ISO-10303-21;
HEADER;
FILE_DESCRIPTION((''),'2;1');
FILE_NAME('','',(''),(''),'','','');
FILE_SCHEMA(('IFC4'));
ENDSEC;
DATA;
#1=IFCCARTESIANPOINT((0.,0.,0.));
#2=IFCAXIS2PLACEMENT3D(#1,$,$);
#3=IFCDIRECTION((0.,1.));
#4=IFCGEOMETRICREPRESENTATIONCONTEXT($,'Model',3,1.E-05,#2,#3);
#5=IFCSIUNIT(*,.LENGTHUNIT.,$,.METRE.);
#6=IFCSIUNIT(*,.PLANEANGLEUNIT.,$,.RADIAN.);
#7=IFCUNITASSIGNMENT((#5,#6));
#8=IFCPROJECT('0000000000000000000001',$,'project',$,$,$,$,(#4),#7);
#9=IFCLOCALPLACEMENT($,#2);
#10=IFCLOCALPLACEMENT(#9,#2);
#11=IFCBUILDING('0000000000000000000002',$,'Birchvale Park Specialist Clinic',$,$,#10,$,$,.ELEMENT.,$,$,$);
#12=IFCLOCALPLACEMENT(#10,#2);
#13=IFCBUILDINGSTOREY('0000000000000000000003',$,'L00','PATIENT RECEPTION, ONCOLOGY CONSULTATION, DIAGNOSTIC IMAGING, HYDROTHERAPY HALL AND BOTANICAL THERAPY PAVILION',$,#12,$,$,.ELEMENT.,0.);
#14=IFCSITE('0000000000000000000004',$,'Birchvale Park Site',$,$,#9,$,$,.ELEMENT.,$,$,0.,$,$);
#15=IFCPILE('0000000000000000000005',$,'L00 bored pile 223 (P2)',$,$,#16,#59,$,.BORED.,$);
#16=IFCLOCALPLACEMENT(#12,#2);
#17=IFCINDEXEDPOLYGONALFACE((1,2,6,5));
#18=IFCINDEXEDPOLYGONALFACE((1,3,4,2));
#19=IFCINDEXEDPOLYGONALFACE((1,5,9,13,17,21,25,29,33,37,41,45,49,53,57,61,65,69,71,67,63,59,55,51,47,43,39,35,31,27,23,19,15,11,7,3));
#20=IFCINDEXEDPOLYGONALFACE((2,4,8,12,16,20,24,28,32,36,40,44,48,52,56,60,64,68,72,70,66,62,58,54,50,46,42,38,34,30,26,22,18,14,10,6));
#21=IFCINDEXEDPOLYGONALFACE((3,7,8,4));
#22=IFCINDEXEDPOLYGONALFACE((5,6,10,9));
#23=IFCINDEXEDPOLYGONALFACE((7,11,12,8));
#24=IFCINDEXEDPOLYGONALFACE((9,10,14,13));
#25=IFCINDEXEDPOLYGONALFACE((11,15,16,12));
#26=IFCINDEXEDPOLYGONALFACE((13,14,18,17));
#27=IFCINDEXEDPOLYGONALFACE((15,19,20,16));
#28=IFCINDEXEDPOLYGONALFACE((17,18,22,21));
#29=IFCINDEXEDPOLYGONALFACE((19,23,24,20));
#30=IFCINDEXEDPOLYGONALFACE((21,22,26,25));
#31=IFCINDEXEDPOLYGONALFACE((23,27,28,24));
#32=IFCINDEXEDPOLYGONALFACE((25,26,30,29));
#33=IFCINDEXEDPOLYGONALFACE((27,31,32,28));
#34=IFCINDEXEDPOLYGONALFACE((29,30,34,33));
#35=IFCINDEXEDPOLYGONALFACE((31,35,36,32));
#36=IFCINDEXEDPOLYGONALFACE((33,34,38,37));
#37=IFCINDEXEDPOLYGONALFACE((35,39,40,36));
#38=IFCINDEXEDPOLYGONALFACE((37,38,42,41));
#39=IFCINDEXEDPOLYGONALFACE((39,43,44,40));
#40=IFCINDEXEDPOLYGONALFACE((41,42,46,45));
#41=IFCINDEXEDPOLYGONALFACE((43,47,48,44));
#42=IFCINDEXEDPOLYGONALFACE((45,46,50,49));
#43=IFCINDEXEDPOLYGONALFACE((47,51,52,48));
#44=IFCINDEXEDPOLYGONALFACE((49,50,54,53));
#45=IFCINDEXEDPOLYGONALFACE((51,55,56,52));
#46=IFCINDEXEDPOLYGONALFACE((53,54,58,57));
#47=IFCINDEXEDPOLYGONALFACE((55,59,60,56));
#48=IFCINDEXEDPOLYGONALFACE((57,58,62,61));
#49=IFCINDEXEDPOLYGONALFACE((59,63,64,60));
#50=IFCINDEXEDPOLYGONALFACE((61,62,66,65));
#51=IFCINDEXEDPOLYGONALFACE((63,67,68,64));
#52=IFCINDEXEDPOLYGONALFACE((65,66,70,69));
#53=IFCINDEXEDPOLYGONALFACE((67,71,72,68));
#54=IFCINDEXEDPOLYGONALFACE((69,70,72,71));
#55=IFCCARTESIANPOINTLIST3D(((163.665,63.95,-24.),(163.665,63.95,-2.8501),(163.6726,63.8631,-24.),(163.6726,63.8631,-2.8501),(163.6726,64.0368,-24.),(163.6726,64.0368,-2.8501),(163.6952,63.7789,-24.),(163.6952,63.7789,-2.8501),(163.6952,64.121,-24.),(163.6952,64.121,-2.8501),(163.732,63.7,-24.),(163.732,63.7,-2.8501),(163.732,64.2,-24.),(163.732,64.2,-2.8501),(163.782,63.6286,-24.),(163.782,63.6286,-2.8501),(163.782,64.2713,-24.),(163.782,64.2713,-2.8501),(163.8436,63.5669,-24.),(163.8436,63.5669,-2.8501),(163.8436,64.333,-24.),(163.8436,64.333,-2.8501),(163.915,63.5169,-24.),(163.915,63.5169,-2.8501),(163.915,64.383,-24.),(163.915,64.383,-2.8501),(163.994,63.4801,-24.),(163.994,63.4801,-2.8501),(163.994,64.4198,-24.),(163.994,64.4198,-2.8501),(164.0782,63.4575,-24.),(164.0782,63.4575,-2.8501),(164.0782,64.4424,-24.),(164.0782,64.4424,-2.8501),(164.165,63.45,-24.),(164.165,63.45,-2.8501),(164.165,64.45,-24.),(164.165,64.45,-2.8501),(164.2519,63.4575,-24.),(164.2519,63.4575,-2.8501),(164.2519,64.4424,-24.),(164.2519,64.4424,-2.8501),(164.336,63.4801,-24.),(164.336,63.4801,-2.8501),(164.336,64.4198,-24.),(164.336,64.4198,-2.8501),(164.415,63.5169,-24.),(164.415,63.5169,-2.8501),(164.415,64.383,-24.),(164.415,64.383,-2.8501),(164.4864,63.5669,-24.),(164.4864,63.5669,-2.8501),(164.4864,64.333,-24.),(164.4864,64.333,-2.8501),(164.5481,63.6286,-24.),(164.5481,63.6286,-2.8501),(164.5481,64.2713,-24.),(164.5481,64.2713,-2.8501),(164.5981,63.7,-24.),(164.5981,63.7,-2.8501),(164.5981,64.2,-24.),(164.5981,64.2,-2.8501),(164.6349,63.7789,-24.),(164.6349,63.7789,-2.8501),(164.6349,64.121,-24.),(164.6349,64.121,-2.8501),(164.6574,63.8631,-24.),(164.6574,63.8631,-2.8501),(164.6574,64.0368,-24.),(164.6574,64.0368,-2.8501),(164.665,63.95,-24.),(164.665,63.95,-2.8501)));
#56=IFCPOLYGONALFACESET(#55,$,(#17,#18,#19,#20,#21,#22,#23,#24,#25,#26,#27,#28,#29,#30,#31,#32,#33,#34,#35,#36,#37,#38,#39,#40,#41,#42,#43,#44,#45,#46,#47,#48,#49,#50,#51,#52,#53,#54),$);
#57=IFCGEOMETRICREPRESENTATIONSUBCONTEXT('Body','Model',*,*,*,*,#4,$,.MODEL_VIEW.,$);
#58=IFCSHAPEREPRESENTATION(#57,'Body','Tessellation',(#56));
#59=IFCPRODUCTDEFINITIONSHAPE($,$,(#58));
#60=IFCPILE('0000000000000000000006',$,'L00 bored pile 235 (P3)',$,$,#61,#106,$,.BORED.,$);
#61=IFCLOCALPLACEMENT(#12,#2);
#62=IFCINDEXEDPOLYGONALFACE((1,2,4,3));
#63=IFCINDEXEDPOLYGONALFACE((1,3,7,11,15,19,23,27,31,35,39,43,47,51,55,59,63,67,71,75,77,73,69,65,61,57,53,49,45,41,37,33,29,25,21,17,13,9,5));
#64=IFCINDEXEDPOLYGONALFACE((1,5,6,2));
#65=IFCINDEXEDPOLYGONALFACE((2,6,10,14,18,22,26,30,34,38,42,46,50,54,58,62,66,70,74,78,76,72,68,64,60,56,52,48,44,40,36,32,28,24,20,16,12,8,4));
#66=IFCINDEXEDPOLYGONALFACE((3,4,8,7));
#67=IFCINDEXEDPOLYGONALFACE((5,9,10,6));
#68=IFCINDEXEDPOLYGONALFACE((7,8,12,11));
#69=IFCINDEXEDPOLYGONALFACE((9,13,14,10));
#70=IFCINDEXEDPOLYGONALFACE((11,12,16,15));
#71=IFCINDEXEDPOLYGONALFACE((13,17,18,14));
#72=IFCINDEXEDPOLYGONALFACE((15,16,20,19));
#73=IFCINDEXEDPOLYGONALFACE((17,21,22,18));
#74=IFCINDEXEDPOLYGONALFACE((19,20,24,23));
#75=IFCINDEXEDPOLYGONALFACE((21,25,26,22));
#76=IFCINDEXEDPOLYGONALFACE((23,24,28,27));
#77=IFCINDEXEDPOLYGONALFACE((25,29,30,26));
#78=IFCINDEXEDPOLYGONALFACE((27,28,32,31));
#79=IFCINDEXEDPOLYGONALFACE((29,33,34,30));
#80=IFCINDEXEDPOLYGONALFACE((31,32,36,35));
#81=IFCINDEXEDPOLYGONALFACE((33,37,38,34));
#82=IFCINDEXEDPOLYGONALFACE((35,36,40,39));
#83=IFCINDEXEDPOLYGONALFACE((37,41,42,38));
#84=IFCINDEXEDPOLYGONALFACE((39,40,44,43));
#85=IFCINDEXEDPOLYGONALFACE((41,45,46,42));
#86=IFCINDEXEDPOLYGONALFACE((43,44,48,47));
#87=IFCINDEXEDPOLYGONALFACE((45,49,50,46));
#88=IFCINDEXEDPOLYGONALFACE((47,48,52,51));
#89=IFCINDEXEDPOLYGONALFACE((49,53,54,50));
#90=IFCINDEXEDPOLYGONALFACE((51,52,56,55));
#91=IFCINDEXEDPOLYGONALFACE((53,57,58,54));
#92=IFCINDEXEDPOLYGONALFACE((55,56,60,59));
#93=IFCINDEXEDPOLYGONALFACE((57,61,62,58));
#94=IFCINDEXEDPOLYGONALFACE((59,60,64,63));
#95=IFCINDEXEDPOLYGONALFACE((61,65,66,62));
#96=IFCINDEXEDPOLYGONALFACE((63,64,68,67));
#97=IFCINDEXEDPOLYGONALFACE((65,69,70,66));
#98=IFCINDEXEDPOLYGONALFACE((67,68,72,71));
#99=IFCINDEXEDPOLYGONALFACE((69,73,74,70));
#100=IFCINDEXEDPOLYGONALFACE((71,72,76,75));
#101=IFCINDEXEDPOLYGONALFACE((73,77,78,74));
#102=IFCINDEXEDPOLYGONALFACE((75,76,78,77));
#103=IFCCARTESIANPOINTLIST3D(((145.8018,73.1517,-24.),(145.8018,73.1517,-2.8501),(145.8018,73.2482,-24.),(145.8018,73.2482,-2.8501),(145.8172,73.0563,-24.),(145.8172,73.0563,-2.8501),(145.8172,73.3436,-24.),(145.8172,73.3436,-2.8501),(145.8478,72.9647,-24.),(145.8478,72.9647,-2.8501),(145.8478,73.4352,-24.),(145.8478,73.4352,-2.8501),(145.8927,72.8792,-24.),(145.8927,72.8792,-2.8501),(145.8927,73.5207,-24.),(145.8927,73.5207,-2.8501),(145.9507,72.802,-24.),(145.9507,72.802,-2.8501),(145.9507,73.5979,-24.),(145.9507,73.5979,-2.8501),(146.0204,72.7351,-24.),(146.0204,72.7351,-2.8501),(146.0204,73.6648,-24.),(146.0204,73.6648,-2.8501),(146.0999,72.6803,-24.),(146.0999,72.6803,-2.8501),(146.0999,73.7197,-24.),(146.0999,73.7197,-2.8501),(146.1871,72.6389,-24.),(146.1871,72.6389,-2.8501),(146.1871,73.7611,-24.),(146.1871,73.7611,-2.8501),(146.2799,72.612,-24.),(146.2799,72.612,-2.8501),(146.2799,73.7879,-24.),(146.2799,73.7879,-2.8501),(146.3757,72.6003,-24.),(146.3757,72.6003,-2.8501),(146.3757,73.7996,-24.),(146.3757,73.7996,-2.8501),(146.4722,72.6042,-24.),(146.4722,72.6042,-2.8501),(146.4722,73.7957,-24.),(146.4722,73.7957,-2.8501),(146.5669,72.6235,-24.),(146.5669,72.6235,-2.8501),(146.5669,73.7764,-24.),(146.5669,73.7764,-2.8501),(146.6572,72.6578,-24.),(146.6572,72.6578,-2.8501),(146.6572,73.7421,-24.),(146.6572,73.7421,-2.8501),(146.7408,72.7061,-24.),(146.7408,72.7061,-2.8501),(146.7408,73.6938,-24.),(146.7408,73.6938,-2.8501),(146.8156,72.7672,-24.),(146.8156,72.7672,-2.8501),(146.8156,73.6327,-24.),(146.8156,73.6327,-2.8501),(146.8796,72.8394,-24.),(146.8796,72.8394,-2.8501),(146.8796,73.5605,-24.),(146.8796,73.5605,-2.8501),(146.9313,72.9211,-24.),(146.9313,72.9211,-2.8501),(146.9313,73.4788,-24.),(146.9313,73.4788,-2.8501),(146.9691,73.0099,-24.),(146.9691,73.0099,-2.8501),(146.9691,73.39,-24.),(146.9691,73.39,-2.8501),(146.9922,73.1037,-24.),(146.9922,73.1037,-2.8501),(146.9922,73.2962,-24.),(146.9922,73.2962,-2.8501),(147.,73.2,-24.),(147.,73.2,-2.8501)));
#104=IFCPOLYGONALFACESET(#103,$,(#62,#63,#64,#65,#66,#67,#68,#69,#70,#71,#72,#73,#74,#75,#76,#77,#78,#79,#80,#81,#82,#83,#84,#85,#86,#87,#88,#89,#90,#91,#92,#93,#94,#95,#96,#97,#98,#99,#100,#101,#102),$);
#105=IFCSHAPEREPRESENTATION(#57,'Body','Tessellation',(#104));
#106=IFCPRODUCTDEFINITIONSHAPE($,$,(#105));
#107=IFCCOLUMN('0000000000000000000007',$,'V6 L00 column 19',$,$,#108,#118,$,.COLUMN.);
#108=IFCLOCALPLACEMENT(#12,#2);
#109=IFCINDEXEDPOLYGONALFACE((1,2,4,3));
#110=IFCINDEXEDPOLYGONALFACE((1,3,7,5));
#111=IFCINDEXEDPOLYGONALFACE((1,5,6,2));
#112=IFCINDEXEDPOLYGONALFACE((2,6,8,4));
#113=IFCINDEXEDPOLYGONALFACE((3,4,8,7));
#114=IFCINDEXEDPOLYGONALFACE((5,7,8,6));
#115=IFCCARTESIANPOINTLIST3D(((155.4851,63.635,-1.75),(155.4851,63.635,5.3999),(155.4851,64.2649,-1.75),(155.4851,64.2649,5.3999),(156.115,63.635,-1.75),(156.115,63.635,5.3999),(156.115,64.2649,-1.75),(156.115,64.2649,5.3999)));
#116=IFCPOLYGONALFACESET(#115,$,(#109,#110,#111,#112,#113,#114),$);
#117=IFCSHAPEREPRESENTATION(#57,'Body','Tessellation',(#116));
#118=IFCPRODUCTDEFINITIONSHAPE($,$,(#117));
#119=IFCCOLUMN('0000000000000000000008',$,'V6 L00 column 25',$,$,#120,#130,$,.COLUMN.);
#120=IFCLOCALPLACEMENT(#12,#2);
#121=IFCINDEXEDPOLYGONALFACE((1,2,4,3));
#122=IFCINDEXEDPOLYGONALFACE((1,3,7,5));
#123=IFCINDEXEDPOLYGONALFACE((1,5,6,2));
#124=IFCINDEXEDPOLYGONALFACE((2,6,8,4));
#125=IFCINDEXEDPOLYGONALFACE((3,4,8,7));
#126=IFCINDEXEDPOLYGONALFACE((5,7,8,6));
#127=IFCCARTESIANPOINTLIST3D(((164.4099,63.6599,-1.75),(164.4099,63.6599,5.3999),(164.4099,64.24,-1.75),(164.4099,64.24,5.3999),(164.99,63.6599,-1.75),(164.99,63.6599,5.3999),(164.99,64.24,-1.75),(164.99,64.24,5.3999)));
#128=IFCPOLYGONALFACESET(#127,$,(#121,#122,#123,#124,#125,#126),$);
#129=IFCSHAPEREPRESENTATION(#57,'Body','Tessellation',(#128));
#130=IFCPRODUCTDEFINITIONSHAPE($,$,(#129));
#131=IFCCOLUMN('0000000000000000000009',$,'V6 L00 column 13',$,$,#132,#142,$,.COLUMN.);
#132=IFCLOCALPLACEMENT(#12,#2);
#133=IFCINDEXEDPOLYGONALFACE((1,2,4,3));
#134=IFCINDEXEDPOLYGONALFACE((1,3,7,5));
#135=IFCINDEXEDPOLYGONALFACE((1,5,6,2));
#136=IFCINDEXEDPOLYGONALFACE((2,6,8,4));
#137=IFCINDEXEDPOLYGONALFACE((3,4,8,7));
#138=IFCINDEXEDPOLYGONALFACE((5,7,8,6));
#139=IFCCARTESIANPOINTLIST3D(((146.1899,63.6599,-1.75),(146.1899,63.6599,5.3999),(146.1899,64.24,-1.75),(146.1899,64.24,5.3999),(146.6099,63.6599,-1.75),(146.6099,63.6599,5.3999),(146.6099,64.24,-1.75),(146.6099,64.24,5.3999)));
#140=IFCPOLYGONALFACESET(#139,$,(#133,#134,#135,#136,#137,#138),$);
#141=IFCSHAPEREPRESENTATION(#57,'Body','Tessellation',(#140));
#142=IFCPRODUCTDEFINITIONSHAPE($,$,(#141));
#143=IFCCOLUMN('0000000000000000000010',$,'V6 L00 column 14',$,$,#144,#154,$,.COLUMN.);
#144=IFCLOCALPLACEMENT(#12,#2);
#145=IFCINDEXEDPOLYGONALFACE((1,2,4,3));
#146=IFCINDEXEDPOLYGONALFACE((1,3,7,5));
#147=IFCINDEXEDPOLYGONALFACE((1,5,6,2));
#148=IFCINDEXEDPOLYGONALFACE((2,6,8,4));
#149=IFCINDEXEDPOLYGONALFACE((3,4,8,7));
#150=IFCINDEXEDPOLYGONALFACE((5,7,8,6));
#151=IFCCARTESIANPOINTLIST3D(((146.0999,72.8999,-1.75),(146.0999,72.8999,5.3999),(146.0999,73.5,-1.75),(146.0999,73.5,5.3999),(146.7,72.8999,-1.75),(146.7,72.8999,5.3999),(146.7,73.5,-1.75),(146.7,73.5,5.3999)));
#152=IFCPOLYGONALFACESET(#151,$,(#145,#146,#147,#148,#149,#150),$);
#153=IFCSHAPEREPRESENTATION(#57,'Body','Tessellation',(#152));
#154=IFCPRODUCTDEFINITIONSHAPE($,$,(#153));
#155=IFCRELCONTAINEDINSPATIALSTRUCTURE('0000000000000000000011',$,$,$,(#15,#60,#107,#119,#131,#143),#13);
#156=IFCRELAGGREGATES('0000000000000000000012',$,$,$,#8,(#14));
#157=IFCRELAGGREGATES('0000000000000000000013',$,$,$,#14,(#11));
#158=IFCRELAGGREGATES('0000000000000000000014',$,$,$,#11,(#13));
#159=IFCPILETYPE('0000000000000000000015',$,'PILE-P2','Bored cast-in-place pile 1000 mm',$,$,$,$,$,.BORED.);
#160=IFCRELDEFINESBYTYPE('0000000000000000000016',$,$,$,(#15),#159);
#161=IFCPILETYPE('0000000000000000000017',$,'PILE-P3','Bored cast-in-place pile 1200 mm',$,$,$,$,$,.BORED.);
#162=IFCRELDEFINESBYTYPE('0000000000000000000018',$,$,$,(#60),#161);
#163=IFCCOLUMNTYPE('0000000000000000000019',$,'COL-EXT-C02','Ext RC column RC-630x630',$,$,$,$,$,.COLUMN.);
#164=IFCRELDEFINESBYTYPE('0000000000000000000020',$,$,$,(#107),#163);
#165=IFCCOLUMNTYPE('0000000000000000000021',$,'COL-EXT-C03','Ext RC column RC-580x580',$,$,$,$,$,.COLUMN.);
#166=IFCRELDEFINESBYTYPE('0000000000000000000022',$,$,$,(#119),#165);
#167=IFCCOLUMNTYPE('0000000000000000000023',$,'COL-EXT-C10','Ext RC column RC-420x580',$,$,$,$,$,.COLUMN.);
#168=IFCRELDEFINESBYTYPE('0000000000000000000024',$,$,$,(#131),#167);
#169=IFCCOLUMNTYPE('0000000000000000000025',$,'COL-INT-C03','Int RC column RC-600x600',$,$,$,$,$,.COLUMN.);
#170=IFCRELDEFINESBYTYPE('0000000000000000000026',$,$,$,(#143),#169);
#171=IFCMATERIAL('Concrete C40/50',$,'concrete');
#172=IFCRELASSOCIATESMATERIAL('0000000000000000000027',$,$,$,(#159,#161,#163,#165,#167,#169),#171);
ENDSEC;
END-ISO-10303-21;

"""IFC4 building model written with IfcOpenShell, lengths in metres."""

from ifc_helpers import new_model, si_unit, direction, frame, origin, origin_2d, place, context, subcontext, project, spatial, rectangle, circle, extrude, material, material_profile, profile_set, type_object, element, save


model = new_model("IFC4")

# Units and contexts
model_context = context("Model", 3, precision=1e-05, world=origin(), true_north=direction((0.0, 1.0)))
body_context = subcontext(model_context, "Body", "Model", "MODEL_VIEW")
ifc_project = project(units=[si_unit("LENGTHUNIT", "METRE"), si_unit("PLANEANGLEUNIT", "RADIAN")], contexts=[model_context])

# Site, building, storey
site_placement = place(None, origin())
site = spatial("IfcSite", under=ifc_project, at=site_placement, Name="Birchvale Park Site", CompositionType="ELEMENT", RefElevation=0.0)
building_placement = place(site_placement, origin())
building = spatial("IfcBuilding", under=site, at=building_placement, Name="Birchvale Park Specialist Clinic", CompositionType="ELEMENT")
storey_placement = place(building_placement, origin())
storey = spatial("IfcBuildingStorey", under=building, at=storey_placement, Name="L00", Description="PATIENT RECEPTION, ONCOLOGY CONSULTATION, DIAGNOSTIC IMAGING, HYDROTHERAPY HALL AND BOTANICAL THERAPY PAVILION", CompositionType="ELEMENT", Elevation=0.0)

# Shared definitions
ifc_material_1 = material(Name="Concrete C40/50", Category="concrete")

# Piles
ifc_material_profile_1 = material_profile(ifc_material_1, circle(Radius=0.5, at=origin_2d()), Name="PILE-1000")
ifc_profile_set_1 = profile_set([ifc_material_profile_1], Name="Concrete C40/50")
pile_type_1 = type_object("IfcPileType", Name="PILE-P2", Description="Bored cast-in-place pile 1000 mm", PredefinedType="BORED", material=ifc_profile_set_1)
pile_1_placement = place(storey_placement, frame((164.165, 63.95, -2.8501), z_axis=(0.0, 0.0, -1.0), x_axis=(1.0, 0.0, 0.0)))
element("IfcPile", 1, at=pile_1_placement, inside=storey, type_object=pile_type_1, Name="L00 bored pile 223 (P2)", PredefinedType="BORED", context=body_context, shape_type="SweptSolid", body=[
    extrude(circle(Radius=0.5, at=origin_2d()), origin(), (0.0, 0.0, 1.0), 21.1499),
])
ifc_material_profile_2 = material_profile(ifc_material_1, circle(Radius=0.6001, at=origin_2d()), Name="PILE-1200")
ifc_profile_set_2 = profile_set([ifc_material_profile_2], Name="Concrete C40/50")
pile_type_2 = type_object("IfcPileType", Name="PILE-P3", Description="Bored cast-in-place pile 1200 mm", PredefinedType="BORED", material=ifc_profile_set_2)
pile_2_placement = place(storey_placement, frame((146.3999, 73.2, -2.8501), z_axis=(0.0, 0.0, -1.0), x_axis=(1.0, 0.0, 0.0)))
element("IfcPile", 2, at=pile_2_placement, inside=storey, type_object=pile_type_2, Name="L00 bored pile 235 (P3)", PredefinedType="BORED", context=body_context, shape_type="SweptSolid", body=[
    extrude(circle(Radius=0.6001, at=origin_2d()), origin(), (0.0, 0.0, 1.0), 21.1499),
])

# Columns
ifc_material_profile_3 = material_profile(ifc_material_1, rectangle(XDim=0.6299, YDim=0.6299, at=origin_2d()), Name="RC-630x630")
ifc_profile_set_3 = profile_set([ifc_material_profile_3], Name="Concrete C40/50")
column_type_1 = type_object("IfcColumnType", Name="COL-EXT-C02", Description="Ext RC column RC-630x630", PredefinedType="COLUMN", material=ifc_profile_set_3)
column_1_placement = place(storey_placement, frame((155.8, 63.95, -1.75), z_axis=(0.0, 0.0, 1.0), x_axis=(1.0, 0.0, 0.0)))
element("IfcColumn", 3, at=column_1_placement, inside=storey, type_object=column_type_1, Name="V6 L00 column 19", PredefinedType="COLUMN", context=body_context, shape_type="SweptSolid", body=[
    extrude(rectangle(XDim=0.6299, YDim=0.6299, at=origin_2d()), origin(), (0.0, 0.0, 1.0), 7.1499),
])
ifc_material_profile_4 = material_profile(ifc_material_1, rectangle(XDim=0.5801, YDim=0.5801, at=origin_2d()), Name="RC-580x580")
ifc_profile_set_4 = profile_set([ifc_material_profile_4], Name="Concrete C40/50")
column_type_2 = type_object("IfcColumnType", Name="COL-EXT-C03", Description="Ext RC column RC-580x580", PredefinedType="COLUMN", material=ifc_profile_set_4)
column_2_placement = place(storey_placement, frame((164.7, 63.95, -1.75), z_axis=(0.0, 0.0, 1.0), x_axis=(1.0, 0.0, 0.0)))
element("IfcColumn", 4, at=column_2_placement, inside=storey, type_object=column_type_2, Name="V6 L00 column 25", PredefinedType="COLUMN", context=body_context, shape_type="SweptSolid", body=[
    extrude(rectangle(XDim=0.5801, YDim=0.5801, at=origin_2d()), origin(), (0.0, 0.0, 1.0), 7.1499),
])
ifc_material_profile_5 = material_profile(ifc_material_1, rectangle(XDim=0.4199, YDim=0.5801, at=origin_2d()), Name="RC-420x580")
ifc_profile_set_5 = profile_set([ifc_material_profile_5], Name="Concrete C40/50")
column_type_3 = type_object("IfcColumnType", Name="COL-EXT-C10", Description="Ext RC column RC-420x580", PredefinedType="COLUMN", material=ifc_profile_set_5)
column_3_placement = place(storey_placement, frame((146.3999, 63.95, -1.75), z_axis=(0.0, 0.0, 1.0), x_axis=(1.0, 0.0, 0.0)))
element("IfcColumn", 5, at=column_3_placement, inside=storey, type_object=column_type_3, Name="V6 L00 column 13", PredefinedType="COLUMN", context=body_context, shape_type="SweptSolid", body=[
    extrude(rectangle(XDim=0.4199, YDim=0.5801, at=origin_2d()), origin(), (0.0, 0.0, 1.0), 7.1499),
])
ifc_material_profile_6 = material_profile(ifc_material_1, rectangle(XDim=0.6001, YDim=0.6001, at=origin_2d()), Name="RC-600x600")
ifc_profile_set_6 = profile_set([ifc_material_profile_6], Name="Concrete C40/50")
column_type_4 = type_object("IfcColumnType", Name="COL-INT-C03", Description="Int RC column RC-600x600", PredefinedType="COLUMN", material=ifc_profile_set_6)
column_4_placement = place(storey_placement, frame((146.3999, 73.2, -1.75), z_axis=(0.0, 0.0, 1.0), x_axis=(1.0, 0.0, 0.0)))
element("IfcColumn", 6, at=column_4_placement, inside=storey, type_object=column_type_4, Name="V6 L00 column 14", PredefinedType="COLUMN", context=body_context, shape_type="SweptSolid", body=[
    extrude(rectangle(XDim=0.6001, YDim=0.6001, at=origin_2d()), origin(), (0.0, 0.0, 1.0), 7.1499),
])

save(model, "model.ifc")
